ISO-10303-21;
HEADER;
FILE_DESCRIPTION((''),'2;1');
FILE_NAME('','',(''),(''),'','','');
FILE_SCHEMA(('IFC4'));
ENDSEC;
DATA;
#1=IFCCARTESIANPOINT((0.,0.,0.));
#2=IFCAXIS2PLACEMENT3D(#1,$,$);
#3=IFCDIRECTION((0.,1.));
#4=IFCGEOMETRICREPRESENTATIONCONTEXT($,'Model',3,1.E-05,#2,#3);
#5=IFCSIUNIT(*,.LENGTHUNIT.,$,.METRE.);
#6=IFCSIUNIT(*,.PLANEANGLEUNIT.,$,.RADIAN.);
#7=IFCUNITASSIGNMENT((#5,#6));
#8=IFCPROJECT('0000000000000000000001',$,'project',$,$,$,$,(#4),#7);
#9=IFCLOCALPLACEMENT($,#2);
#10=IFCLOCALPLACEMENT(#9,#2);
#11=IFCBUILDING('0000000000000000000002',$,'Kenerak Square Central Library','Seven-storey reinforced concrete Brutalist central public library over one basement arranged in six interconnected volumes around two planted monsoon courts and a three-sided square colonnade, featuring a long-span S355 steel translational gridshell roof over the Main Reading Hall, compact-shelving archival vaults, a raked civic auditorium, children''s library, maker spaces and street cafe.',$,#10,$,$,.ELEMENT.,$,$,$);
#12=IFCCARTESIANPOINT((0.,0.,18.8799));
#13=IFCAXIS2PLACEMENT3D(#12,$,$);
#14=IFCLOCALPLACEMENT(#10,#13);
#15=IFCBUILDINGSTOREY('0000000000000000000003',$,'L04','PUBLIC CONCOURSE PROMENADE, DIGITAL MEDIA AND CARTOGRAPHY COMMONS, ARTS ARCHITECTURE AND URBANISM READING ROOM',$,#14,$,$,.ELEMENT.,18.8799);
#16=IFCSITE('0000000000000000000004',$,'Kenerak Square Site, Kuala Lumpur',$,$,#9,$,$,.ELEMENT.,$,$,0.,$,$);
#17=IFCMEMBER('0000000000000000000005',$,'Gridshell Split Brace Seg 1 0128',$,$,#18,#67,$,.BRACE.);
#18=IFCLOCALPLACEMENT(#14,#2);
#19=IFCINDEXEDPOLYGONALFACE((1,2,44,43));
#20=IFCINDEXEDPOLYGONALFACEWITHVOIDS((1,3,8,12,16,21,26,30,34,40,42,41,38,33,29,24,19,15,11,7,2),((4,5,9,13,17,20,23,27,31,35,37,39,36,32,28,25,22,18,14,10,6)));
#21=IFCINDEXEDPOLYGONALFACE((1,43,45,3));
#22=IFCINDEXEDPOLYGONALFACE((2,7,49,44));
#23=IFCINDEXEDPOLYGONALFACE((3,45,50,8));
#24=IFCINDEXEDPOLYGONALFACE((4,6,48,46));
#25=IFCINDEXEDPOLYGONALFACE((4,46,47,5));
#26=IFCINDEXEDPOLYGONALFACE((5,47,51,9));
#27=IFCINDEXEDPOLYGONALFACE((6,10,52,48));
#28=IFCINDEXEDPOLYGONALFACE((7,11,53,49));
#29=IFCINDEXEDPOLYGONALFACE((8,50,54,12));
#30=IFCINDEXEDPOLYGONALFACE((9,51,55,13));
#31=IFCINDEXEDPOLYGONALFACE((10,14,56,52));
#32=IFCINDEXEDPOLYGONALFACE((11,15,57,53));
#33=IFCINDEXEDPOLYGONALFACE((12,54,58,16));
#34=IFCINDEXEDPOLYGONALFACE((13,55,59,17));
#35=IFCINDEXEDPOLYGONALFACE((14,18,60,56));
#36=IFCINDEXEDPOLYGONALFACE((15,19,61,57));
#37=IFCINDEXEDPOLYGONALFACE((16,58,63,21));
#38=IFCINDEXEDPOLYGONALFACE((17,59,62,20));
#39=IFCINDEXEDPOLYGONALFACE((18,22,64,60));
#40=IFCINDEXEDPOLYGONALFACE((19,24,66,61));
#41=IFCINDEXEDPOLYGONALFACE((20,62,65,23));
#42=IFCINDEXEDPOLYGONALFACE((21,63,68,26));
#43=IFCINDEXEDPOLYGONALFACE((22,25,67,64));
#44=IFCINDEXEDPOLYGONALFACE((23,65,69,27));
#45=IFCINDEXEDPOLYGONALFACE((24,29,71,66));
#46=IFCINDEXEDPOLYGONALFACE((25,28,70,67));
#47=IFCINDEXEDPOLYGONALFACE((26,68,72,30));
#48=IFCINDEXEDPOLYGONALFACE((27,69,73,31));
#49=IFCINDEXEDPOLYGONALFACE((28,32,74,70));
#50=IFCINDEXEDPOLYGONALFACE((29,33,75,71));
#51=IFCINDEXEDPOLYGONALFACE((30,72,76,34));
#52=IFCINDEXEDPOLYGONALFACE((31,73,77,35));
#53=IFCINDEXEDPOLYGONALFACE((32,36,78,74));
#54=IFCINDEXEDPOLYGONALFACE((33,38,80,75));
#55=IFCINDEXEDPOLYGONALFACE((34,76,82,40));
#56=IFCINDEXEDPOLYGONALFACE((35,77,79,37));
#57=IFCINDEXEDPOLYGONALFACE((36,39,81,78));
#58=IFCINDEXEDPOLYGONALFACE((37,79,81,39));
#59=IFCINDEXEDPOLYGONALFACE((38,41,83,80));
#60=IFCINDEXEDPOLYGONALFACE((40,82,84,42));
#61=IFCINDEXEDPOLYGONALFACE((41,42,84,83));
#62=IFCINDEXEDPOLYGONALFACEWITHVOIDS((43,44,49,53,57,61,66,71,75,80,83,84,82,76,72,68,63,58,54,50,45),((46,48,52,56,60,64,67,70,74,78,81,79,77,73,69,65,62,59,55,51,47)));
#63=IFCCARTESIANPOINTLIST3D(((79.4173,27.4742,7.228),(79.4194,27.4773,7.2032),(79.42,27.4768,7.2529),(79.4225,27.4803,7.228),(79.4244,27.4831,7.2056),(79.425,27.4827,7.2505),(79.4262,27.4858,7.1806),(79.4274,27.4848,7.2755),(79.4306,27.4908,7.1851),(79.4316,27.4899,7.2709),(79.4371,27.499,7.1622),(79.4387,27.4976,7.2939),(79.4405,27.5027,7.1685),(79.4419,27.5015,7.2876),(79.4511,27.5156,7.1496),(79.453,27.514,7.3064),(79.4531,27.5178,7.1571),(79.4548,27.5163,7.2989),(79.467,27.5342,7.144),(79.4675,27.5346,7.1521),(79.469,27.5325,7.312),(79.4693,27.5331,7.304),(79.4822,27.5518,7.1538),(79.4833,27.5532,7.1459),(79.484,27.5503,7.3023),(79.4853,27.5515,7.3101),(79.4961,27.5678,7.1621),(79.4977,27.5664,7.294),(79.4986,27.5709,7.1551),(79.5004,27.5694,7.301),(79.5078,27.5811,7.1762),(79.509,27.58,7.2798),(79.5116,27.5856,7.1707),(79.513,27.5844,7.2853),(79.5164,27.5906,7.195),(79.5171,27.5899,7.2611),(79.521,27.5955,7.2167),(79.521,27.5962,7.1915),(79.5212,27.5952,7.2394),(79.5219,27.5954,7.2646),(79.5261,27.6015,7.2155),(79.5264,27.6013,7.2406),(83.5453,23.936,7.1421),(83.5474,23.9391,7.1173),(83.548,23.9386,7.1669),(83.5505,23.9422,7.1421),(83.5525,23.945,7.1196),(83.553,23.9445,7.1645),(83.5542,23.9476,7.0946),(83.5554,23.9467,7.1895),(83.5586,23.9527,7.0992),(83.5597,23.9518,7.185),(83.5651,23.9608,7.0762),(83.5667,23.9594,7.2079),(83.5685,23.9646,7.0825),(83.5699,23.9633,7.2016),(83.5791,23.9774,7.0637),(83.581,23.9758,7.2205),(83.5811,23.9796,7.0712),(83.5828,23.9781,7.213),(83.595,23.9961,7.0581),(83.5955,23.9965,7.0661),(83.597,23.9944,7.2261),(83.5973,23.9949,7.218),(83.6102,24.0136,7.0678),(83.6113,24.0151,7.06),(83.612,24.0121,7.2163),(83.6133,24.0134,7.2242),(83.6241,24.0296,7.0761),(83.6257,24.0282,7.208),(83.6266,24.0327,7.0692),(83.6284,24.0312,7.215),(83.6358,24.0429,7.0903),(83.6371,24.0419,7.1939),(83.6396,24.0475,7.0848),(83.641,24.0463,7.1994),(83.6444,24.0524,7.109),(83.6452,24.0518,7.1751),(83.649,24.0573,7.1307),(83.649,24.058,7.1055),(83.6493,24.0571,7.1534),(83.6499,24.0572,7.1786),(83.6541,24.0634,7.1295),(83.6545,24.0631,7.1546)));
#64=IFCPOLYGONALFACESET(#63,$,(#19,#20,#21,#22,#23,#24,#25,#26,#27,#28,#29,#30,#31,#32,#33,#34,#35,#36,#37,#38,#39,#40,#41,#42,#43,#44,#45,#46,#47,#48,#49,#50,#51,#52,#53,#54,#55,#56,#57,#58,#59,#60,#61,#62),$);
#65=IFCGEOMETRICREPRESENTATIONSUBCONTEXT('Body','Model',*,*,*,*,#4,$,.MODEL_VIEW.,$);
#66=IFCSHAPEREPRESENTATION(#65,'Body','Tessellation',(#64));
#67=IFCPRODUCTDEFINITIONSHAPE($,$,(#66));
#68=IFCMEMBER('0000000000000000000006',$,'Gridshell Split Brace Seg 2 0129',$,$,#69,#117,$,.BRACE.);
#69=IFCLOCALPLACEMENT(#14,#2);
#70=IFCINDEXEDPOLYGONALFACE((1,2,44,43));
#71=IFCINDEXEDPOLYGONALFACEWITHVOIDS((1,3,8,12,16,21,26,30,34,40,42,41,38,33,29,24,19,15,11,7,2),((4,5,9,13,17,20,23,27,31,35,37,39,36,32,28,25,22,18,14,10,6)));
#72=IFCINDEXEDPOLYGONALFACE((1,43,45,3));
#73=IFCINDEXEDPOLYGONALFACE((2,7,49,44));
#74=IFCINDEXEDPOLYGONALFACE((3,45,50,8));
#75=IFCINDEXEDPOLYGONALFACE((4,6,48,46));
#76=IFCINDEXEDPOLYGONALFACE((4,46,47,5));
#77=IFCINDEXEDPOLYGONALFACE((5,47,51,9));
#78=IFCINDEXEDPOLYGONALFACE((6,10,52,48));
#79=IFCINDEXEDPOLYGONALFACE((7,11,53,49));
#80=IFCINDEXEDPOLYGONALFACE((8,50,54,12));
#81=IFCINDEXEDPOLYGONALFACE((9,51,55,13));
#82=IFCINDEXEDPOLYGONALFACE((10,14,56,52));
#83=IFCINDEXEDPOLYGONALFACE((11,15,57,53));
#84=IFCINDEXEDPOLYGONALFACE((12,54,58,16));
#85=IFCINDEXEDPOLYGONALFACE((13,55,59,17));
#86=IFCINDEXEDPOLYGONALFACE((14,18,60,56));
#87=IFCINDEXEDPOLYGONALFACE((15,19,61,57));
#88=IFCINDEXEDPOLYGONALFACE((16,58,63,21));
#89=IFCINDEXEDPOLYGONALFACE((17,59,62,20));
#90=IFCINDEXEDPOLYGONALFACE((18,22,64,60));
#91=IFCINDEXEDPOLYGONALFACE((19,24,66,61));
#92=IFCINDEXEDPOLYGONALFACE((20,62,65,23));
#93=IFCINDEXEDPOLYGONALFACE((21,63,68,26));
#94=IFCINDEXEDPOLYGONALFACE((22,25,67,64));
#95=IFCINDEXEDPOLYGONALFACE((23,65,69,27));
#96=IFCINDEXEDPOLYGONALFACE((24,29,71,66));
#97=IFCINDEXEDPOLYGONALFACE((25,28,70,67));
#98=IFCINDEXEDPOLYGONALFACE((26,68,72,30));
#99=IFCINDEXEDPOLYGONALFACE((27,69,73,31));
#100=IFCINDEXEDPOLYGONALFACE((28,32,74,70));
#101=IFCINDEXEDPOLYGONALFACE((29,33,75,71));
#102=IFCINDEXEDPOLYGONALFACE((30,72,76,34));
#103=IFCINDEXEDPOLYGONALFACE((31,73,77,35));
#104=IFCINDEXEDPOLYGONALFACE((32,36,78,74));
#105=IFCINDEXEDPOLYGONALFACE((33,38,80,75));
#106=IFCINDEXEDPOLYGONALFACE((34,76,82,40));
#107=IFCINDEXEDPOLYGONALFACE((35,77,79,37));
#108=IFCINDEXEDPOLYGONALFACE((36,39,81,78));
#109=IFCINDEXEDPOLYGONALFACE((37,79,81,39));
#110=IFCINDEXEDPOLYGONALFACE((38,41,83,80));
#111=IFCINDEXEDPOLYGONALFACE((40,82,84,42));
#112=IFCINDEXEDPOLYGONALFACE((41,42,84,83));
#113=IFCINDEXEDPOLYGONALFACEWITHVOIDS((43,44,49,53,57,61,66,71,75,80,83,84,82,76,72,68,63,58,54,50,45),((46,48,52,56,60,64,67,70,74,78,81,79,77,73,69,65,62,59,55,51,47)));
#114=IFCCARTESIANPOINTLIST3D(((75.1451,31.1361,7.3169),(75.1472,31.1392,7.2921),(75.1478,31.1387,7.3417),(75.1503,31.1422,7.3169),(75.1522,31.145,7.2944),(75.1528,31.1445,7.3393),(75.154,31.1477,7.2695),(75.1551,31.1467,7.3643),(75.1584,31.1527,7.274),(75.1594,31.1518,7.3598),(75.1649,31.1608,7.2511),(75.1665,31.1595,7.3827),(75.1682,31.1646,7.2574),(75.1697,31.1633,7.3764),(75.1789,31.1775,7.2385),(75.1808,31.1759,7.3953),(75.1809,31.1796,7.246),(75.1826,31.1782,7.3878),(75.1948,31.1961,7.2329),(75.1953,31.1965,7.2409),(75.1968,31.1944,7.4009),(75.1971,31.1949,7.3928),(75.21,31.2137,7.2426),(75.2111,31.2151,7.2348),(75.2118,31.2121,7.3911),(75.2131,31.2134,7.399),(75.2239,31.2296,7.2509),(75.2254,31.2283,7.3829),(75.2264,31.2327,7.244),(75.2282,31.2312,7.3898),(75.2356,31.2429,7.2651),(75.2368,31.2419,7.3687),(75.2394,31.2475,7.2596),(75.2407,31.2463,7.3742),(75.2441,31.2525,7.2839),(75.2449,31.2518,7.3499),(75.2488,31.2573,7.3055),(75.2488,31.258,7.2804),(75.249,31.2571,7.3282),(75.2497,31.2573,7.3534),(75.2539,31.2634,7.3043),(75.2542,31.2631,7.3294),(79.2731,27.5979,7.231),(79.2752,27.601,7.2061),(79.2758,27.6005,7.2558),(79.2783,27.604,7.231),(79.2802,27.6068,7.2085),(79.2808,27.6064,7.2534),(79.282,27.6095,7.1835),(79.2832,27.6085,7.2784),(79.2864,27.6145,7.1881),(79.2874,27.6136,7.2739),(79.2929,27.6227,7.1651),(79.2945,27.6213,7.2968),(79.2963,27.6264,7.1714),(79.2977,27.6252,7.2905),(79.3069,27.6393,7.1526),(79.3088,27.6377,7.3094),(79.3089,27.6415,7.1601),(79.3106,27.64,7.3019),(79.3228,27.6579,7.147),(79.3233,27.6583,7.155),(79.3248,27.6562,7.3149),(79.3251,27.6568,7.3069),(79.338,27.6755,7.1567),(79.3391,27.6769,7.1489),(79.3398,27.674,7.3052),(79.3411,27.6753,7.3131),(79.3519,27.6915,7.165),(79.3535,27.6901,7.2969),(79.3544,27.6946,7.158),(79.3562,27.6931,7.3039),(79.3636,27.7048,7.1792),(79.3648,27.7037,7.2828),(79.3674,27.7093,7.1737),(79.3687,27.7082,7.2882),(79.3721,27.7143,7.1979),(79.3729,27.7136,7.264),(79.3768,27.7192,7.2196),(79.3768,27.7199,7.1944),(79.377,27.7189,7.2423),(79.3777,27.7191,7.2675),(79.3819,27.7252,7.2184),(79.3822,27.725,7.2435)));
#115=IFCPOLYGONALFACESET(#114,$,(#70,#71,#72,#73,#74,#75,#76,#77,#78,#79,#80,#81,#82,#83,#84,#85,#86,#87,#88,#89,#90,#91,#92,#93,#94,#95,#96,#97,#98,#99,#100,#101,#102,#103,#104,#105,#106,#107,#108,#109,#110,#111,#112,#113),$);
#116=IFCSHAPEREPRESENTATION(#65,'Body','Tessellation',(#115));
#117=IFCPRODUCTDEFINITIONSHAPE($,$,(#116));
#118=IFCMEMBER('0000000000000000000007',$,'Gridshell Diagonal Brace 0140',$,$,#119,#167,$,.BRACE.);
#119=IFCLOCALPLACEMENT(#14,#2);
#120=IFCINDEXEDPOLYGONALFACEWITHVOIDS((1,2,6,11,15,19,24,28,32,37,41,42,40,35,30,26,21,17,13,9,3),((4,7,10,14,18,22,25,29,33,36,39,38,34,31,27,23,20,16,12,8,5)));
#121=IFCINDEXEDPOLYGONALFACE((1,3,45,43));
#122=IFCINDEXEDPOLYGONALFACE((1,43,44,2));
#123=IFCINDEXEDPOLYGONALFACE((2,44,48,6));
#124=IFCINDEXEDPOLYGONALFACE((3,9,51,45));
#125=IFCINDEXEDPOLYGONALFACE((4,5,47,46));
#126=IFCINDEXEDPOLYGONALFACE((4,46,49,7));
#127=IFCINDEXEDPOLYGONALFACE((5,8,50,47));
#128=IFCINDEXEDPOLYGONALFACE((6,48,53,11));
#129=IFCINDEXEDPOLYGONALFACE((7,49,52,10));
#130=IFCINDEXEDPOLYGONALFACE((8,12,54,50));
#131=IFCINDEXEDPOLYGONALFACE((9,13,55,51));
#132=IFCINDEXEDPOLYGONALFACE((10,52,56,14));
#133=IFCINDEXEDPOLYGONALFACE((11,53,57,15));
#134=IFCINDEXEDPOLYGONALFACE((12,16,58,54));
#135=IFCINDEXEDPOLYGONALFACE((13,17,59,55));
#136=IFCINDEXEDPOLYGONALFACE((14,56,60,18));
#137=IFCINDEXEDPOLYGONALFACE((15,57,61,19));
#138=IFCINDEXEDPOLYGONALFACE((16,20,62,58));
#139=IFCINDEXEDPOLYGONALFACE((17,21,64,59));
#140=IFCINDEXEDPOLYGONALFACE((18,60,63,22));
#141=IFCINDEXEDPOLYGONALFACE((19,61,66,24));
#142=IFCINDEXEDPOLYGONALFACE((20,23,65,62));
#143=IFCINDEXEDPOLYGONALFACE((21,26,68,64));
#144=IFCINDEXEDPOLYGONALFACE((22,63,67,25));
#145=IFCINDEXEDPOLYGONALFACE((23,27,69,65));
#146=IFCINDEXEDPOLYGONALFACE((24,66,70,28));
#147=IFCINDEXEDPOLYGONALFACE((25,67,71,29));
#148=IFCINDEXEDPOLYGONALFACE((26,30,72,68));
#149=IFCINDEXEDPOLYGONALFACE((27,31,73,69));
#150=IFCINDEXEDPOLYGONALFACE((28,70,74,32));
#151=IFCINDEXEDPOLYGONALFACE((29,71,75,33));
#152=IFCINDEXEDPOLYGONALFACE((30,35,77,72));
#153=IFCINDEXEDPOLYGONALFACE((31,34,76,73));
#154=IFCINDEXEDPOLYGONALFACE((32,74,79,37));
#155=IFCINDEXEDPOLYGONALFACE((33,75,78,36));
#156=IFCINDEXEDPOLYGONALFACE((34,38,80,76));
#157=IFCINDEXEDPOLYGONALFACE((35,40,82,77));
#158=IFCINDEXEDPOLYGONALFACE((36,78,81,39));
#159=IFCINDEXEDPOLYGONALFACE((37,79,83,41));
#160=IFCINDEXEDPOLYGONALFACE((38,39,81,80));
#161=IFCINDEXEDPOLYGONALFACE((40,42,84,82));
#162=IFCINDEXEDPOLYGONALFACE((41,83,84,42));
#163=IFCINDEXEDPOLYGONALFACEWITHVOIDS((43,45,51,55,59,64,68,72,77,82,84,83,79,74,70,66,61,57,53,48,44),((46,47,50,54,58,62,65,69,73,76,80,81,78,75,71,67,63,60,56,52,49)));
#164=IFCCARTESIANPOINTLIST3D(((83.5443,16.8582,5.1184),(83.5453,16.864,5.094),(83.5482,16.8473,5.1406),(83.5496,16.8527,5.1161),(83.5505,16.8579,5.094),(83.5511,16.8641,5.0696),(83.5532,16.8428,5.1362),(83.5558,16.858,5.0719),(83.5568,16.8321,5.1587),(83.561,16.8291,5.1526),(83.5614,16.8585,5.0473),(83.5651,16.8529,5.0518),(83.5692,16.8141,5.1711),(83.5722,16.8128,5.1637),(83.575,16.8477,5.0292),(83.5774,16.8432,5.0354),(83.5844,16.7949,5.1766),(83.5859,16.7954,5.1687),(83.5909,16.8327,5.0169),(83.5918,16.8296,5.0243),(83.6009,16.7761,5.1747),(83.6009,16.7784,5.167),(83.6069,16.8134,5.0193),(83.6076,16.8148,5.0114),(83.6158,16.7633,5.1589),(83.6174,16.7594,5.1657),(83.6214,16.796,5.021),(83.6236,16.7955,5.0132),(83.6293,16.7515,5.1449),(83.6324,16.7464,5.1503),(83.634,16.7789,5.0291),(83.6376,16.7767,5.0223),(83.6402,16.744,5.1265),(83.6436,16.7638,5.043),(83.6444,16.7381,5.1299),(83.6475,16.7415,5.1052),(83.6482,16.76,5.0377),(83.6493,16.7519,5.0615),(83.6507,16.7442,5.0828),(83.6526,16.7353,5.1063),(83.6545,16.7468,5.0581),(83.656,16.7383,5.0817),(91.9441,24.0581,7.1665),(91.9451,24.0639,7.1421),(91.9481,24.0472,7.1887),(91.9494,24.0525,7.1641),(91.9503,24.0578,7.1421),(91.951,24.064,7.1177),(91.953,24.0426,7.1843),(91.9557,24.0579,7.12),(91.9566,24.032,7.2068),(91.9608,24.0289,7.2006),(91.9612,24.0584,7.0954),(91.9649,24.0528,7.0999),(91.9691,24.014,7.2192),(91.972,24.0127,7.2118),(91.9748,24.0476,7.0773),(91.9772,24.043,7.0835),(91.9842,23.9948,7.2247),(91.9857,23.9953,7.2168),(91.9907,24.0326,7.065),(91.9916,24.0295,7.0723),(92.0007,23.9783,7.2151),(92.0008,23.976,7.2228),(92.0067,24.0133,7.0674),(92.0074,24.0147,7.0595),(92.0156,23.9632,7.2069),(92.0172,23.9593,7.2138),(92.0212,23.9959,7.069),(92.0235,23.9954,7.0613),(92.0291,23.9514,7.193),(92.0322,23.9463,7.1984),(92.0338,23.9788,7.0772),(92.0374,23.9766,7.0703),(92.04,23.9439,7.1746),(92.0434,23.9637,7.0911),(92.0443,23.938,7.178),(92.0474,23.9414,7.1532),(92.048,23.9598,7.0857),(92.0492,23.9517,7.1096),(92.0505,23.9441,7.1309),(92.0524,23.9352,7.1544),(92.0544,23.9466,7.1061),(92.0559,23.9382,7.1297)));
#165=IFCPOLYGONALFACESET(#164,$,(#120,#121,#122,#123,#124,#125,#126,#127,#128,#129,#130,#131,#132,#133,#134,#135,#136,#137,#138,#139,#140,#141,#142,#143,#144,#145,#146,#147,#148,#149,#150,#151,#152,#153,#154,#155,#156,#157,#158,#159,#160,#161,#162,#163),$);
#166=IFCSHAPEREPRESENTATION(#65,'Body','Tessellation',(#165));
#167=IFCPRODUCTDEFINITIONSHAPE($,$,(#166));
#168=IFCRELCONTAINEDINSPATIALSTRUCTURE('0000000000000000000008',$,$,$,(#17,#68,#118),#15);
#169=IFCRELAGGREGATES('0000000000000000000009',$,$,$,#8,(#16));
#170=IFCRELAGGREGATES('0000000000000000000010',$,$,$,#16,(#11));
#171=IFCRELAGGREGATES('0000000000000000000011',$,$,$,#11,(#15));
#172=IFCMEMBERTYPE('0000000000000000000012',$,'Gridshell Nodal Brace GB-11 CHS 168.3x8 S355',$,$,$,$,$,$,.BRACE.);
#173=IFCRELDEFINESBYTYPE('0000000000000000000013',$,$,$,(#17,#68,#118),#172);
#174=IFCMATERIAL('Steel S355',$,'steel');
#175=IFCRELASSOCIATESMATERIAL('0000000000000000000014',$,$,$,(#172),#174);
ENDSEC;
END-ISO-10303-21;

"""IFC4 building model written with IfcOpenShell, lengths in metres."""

from ifc_helpers import new_model, si_unit, direction, frame, origin, origin_2d, place, context, subcontext, project, spatial, hollow_circle, extrude, material, material_profile, profile_set, type_object, element, save


model = new_model("IFC4")

# Units and contexts
model_context = context("Model", 3, precision=1e-05, world=origin(), true_north=direction((0.0, 1.0)))
body_context = subcontext(model_context, "Body", "Model", "MODEL_VIEW")
ifc_project = project(units=[si_unit("LENGTHUNIT", "METRE"), si_unit("PLANEANGLEUNIT", "RADIAN")], contexts=[model_context])

# Site, building, storey
site_placement = place(None, origin())
site = spatial("IfcSite", under=ifc_project, at=site_placement, Name="Kenerak Square Site, Kuala Lumpur", CompositionType="ELEMENT", RefElevation=0.0)
building_placement = place(site_placement, origin())
building = spatial("IfcBuilding", under=site, at=building_placement, Name="Kenerak Square Central Library", Description="Seven-storey reinforced concrete Brutalist central public library over one basement arranged in six interconnected volumes around two planted monsoon courts and a three-sided square colonnade, featuring a long-span S355 steel translational gridshell roof over the Main Reading Hall, compact-shelving archival vaults, a raked civic auditorium, children's library, maker spaces and street cafe.", CompositionType="ELEMENT")
storey_placement = place(building_placement, frame((0.0, 0.0, 18.8799)))
storey = spatial("IfcBuildingStorey", under=building, at=storey_placement, Name="L04", Description="PUBLIC CONCOURSE PROMENADE, DIGITAL MEDIA AND CARTOGRAPHY COMMONS, ARTS ARCHITECTURE AND URBANISM READING ROOM", CompositionType="ELEMENT", Elevation=18.8799)

# Members
ifc_material = material(Name="Steel S355", Category="steel")
ifc_material_profile_1 = material_profile(ifc_material, hollow_circle(Radius=0.0842, WallThickness=0.0081, at=origin_2d()), Name="CHS 168.3x8.0")
ifc_profile_set_1 = profile_set([ifc_material_profile_1], Name="Steel S355")
member_type_1 = type_object("IfcMemberType", Name="Gridshell Nodal Brace GB-11 CHS 168.3x8 S355", PredefinedType="BRACE", material=ifc_profile_set_1)
for number, where, z_axis, x_axis, name in (
    (1, (83.6001, 24.0, 7.1421), (-0.759174, 0.650695, 0.015805), (-0.650777, -0.759269, 0.0), "Gridshell Split Brace Seg 1 0128"),
    (2, (79.3279, 27.6619, 7.231), (-0.759174, 0.650695, 0.015805), (-0.650777, -0.759269, 0.0), "Gridshell Split Brace Seg 2 0129"),
):
    element("IfcMember", number, at=place(storey_placement, frame(where, z_axis=z_axis, x_axis=x_axis)), inside=storey, type_object=member_type_1, Name=name, PredefinedType="BRACE", context=body_context, shape_type="SweptSolid", body=[
        extrude(hollow_circle(Radius=0.0842, WallThickness=0.0081, at=origin_2d()), origin(), (0.0, 0.0, 1.0), 5.4375),
    ])
member_1_placement = place(storey_placement, frame((83.6001, 16.8, 5.094), z_axis=(0.74657, 0.63992, 0.182031), x_axis=(-0.650793, 0.759255, 0.0)))
element("IfcMember", 3, at=member_1_placement, inside=storey, type_object=member_type_1, Name="Gridshell Diagonal Brace 0140", PredefinedType="BRACE", context=body_context, shape_type="SweptSolid", body=[
    extrude(hollow_circle(Radius=0.0842, WallThickness=0.0081, at=origin_2d()), origin(), (0.0, 0.0, 1.0), 11.2512),
])

save(model, "model.ifc")
